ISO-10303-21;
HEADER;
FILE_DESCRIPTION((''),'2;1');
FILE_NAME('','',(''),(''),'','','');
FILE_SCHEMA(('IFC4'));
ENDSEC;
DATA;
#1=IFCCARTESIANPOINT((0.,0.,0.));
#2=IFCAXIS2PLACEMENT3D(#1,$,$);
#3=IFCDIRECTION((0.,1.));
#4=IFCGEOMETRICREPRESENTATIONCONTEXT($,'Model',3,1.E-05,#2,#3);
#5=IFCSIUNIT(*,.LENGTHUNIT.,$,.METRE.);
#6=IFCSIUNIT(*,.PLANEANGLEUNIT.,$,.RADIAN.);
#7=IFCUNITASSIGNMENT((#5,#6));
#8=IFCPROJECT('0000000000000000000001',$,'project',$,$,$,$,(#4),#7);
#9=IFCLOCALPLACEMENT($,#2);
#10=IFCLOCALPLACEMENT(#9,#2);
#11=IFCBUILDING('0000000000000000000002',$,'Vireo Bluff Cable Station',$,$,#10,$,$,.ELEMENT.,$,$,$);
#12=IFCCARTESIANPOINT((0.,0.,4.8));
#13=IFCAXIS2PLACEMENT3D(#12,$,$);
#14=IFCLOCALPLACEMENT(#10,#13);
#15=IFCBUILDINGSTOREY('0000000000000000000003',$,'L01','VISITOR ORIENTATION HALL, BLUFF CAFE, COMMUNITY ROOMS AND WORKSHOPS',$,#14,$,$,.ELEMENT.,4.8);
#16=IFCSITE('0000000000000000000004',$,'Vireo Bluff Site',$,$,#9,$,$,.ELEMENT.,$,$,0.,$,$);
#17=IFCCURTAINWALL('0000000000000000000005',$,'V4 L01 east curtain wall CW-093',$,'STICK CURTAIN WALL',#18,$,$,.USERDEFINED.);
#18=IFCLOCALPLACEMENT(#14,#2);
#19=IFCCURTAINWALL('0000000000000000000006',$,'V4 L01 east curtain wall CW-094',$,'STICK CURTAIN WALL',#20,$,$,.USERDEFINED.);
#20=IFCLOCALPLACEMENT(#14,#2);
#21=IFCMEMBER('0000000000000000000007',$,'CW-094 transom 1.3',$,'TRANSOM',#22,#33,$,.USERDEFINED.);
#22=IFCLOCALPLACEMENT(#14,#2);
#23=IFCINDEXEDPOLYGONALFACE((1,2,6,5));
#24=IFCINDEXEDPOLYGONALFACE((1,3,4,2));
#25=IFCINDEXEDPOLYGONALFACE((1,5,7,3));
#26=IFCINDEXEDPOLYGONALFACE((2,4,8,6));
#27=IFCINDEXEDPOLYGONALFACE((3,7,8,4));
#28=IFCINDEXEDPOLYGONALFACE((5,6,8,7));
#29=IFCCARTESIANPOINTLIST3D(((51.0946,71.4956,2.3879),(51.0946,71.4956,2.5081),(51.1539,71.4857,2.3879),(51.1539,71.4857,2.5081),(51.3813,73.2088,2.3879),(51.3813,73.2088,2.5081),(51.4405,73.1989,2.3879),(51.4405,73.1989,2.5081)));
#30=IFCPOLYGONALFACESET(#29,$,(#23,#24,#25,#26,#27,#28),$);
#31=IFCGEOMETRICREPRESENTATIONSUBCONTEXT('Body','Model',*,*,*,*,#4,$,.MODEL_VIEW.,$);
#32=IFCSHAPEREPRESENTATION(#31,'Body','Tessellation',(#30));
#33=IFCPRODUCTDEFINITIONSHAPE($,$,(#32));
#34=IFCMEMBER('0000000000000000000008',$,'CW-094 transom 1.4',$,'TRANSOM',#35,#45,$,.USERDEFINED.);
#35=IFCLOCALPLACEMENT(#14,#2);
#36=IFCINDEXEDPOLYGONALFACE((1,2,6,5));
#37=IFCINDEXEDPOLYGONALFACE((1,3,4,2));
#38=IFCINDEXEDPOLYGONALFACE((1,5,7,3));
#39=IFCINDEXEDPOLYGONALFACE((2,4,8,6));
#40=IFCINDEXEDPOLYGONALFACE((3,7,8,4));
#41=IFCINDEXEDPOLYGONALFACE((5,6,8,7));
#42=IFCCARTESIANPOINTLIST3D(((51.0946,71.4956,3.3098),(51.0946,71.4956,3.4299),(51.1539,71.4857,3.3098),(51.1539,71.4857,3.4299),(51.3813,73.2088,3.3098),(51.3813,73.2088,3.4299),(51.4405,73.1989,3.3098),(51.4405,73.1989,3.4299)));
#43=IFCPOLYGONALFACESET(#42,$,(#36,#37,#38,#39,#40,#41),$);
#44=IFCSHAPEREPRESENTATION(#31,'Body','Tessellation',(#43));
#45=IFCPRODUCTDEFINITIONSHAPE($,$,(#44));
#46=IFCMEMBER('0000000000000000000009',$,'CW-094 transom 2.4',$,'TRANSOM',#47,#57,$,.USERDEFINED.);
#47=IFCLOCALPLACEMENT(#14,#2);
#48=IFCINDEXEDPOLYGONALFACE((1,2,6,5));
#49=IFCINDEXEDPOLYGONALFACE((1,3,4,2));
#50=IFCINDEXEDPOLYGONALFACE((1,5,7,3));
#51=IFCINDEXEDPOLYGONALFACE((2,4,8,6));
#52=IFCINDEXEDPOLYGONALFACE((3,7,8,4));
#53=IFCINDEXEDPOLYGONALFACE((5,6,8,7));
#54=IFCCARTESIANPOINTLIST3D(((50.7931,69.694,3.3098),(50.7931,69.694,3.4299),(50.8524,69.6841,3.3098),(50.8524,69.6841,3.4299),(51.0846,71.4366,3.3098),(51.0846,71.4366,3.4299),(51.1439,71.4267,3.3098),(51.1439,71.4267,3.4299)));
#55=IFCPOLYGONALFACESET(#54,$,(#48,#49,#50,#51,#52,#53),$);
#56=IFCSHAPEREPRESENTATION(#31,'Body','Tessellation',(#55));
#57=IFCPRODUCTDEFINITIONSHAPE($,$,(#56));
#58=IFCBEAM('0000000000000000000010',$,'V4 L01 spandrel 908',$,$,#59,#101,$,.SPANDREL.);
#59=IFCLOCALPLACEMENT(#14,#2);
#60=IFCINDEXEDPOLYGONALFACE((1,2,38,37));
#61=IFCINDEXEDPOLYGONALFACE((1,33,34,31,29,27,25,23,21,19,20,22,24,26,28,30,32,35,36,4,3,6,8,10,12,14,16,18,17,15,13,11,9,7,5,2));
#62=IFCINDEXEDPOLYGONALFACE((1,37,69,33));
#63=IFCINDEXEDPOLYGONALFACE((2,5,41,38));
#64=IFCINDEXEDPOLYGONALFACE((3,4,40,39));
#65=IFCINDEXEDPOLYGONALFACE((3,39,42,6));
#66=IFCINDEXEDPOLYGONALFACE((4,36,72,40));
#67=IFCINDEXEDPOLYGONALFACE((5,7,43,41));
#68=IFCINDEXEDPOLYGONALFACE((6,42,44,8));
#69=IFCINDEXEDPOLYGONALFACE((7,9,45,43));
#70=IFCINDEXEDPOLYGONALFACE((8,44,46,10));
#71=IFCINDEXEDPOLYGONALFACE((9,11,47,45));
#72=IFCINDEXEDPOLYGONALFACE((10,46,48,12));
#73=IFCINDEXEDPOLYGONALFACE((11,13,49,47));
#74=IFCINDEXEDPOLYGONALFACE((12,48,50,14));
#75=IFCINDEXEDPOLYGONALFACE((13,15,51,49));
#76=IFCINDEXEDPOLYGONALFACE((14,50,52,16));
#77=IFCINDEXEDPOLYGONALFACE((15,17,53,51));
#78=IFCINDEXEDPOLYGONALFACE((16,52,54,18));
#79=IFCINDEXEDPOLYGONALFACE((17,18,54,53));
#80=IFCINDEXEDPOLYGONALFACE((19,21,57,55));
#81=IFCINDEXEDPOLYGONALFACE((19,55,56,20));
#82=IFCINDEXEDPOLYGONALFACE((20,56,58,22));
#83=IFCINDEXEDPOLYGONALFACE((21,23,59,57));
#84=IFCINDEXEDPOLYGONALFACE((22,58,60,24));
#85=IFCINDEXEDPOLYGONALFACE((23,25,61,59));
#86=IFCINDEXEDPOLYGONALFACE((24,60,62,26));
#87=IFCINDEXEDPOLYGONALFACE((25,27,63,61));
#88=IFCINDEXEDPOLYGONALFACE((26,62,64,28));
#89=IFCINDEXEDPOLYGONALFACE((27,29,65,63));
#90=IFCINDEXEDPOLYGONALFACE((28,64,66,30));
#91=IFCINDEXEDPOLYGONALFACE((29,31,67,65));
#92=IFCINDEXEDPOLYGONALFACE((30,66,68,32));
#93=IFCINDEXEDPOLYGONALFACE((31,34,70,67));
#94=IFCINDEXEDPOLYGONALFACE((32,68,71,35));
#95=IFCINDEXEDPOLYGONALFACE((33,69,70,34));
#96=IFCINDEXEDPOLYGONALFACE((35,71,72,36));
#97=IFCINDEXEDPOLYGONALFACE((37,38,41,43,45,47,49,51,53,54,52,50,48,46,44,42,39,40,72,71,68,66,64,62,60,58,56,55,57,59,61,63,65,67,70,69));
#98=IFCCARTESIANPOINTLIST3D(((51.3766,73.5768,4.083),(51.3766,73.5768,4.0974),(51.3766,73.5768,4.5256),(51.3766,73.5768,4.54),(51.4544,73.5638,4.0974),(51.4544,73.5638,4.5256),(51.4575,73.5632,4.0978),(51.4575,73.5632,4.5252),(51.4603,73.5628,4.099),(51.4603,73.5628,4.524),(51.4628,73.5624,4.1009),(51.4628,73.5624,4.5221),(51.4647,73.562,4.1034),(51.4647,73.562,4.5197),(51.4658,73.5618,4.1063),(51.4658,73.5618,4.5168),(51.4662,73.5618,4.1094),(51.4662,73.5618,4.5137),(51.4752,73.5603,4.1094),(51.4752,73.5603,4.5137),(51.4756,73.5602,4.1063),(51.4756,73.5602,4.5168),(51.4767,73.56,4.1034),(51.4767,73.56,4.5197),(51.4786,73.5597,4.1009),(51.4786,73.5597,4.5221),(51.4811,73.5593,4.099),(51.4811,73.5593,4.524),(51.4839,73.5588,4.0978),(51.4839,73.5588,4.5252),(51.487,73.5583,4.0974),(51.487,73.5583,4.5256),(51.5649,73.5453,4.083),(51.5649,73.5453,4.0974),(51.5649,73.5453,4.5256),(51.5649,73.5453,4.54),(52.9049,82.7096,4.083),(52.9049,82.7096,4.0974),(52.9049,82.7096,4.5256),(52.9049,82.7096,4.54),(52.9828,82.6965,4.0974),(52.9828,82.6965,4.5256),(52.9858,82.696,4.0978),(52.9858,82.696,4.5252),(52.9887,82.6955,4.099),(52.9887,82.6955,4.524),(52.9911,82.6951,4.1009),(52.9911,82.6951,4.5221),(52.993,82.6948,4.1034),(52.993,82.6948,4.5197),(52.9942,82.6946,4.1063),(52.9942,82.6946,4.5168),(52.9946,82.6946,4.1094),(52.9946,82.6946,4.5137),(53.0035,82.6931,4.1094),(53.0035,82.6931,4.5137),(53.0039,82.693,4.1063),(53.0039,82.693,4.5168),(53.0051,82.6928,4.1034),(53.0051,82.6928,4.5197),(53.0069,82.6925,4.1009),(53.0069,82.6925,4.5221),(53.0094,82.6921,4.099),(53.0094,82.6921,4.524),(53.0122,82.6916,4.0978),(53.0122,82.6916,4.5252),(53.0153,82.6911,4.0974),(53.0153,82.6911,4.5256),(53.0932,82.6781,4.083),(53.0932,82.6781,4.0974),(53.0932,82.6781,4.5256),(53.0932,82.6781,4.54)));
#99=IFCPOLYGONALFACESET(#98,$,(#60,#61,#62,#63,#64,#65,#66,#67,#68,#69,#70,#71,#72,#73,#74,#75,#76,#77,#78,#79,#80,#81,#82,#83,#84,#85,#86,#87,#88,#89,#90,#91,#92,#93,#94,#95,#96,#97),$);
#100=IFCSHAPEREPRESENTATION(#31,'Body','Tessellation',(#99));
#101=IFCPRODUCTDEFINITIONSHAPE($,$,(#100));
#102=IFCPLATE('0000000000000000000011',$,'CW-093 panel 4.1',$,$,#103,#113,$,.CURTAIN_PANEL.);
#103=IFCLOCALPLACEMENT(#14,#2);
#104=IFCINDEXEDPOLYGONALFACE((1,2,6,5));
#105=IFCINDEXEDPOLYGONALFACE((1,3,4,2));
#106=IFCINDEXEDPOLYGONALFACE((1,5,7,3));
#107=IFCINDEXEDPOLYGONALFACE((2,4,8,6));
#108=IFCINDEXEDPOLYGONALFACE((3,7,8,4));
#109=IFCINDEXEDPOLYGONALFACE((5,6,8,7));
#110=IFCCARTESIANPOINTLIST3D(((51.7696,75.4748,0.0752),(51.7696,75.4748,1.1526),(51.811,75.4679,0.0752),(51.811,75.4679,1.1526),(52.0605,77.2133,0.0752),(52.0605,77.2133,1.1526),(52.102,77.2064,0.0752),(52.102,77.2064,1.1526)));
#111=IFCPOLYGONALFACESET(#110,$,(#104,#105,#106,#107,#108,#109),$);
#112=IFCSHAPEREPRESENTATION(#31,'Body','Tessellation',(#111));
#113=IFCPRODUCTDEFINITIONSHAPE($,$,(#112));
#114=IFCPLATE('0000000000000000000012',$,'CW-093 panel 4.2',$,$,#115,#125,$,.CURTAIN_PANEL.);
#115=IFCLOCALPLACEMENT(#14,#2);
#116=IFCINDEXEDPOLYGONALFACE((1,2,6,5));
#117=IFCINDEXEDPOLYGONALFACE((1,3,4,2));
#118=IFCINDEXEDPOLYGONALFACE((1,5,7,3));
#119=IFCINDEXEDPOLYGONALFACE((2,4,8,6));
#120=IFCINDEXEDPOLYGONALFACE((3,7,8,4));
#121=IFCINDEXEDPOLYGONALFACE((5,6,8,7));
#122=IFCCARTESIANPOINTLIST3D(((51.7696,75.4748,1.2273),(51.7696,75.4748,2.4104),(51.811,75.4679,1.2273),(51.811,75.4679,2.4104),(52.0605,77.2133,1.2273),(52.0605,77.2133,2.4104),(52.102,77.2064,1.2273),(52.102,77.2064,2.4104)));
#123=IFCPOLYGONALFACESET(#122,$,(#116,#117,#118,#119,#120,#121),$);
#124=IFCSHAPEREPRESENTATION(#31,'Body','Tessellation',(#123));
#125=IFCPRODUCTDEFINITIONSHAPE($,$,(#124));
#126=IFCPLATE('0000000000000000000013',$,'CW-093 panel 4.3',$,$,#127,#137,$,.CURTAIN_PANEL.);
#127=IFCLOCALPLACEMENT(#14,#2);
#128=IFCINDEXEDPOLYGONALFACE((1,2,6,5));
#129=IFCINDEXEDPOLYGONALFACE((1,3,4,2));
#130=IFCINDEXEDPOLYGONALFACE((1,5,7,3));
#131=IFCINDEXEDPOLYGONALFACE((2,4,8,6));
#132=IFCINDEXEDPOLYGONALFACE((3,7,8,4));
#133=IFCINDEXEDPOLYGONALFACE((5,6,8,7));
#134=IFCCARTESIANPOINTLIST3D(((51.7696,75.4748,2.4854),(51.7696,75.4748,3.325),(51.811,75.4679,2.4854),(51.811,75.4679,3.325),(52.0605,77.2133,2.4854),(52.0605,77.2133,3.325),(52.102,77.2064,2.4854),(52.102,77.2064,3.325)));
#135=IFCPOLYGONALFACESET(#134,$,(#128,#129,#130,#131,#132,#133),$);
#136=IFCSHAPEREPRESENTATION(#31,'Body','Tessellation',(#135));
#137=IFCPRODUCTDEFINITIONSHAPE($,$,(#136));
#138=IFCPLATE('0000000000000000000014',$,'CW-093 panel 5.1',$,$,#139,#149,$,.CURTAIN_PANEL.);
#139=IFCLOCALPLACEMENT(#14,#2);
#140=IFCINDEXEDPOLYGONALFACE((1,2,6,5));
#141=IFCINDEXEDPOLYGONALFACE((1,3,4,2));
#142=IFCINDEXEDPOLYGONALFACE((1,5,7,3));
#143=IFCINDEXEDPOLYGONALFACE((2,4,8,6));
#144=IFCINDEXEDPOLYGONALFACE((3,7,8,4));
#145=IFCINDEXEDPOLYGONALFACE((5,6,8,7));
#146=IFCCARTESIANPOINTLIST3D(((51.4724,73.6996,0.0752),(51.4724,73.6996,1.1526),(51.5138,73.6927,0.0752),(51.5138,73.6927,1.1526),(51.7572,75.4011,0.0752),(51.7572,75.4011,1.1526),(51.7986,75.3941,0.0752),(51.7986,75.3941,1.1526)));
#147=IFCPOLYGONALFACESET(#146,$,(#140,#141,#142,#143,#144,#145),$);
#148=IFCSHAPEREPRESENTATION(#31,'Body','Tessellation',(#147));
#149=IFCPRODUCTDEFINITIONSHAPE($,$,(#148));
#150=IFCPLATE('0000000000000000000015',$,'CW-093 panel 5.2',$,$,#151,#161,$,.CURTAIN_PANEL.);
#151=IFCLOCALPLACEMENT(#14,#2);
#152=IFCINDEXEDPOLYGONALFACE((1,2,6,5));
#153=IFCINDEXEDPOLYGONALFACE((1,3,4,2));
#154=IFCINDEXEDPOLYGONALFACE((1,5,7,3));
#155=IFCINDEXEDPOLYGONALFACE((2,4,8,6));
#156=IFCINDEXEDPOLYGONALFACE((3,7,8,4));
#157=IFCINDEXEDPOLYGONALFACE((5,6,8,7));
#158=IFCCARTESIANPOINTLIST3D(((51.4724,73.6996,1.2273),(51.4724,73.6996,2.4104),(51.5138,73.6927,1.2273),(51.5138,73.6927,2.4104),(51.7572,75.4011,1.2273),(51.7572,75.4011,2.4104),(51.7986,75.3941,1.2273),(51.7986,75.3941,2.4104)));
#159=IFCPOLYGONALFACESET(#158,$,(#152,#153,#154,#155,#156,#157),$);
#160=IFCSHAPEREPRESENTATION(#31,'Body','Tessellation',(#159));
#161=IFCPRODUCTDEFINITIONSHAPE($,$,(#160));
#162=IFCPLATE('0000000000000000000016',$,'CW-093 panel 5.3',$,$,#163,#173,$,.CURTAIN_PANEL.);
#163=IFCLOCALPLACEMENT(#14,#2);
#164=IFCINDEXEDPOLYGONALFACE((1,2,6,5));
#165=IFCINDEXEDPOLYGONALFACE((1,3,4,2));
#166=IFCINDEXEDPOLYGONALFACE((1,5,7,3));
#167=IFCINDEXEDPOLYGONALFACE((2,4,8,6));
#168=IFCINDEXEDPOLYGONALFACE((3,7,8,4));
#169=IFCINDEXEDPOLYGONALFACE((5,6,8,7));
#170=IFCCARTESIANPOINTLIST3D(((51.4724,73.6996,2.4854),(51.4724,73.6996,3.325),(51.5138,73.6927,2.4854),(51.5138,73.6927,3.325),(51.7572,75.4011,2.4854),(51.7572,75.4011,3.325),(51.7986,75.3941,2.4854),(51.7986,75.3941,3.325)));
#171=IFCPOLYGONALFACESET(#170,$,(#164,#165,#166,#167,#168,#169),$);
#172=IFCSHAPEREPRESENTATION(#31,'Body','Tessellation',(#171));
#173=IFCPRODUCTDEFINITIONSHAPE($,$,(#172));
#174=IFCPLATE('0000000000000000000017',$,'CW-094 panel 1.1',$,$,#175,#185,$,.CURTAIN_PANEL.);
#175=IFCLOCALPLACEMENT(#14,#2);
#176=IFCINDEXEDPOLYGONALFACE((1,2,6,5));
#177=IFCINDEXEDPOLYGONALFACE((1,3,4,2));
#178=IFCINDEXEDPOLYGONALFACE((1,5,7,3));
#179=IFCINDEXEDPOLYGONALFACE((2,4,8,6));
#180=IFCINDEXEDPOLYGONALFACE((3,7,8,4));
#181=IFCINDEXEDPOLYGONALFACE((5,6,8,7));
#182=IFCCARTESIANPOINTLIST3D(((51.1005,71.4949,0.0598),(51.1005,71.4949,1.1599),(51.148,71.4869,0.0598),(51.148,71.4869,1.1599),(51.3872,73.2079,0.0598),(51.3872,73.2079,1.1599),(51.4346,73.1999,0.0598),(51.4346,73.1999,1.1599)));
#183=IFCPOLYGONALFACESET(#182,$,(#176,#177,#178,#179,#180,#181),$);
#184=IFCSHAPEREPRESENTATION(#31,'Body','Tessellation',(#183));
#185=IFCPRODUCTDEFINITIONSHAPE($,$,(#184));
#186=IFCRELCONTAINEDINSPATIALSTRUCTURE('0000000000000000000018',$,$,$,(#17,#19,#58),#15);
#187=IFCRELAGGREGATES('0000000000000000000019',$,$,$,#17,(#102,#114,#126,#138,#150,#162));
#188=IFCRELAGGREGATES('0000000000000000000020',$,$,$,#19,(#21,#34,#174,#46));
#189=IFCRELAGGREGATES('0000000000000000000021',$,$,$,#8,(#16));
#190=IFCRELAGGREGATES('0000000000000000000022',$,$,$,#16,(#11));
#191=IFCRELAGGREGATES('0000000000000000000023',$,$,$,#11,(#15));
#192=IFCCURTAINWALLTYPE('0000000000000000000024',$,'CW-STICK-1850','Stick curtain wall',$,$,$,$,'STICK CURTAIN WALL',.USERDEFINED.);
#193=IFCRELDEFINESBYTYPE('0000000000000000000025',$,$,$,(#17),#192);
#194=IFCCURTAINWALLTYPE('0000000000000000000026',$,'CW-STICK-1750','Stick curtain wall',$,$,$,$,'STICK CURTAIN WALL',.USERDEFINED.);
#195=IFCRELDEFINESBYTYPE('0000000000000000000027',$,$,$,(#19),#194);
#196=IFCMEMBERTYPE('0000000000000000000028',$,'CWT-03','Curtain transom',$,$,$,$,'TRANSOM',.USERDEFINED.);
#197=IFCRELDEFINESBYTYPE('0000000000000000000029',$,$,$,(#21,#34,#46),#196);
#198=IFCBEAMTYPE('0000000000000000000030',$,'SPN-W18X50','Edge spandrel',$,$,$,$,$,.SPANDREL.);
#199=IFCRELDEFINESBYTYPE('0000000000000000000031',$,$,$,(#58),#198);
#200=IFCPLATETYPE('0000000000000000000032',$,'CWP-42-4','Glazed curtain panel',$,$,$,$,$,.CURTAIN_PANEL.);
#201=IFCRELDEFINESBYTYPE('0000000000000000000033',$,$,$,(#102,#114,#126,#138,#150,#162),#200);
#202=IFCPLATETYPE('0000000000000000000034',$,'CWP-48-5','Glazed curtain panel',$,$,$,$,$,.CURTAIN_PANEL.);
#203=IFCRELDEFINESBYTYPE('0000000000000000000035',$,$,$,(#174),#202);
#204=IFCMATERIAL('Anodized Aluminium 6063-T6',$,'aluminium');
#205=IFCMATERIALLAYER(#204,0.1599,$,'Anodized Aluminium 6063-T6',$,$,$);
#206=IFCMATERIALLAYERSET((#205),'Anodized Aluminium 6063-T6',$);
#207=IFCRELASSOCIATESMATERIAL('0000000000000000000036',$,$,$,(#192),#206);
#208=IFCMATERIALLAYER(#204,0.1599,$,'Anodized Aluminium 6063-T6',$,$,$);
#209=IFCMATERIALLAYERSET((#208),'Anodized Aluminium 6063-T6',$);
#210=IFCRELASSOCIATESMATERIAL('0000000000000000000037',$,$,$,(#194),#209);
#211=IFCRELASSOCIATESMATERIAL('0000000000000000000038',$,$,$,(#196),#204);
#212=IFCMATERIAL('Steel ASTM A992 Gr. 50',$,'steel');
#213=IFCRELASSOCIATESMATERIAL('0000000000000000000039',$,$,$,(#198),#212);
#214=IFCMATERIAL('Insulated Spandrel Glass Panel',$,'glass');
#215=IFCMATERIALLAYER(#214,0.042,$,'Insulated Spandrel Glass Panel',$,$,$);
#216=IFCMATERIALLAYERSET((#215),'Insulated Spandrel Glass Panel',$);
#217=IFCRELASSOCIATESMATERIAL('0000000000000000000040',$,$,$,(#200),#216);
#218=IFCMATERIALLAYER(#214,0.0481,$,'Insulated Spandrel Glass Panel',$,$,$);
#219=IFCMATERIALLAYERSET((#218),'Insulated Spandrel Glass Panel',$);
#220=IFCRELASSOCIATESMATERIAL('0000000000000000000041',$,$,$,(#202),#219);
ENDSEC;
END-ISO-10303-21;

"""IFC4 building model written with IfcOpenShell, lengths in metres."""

from ifc_helpers import new_model, si_unit, direction, frame, origin, origin_2d, place, context, subcontext, project, spatial, rectangle, i_section, extrude, material, layer, layer_set, material_profile, profile_set, type_object, element, aggregate, save


model = new_model("IFC4")

# Units and contexts
model_context = context("Model", 3, precision=1e-05, world=origin(), true_north=direction((0.0, 1.0)))
body_context = subcontext(model_context, "Body", "Model", "MODEL_VIEW")
ifc_project = project(units=[si_unit("LENGTHUNIT", "METRE"), si_unit("PLANEANGLEUNIT", "RADIAN")], contexts=[model_context])

# Site, building, storey
site_placement = place(None, origin())
site = spatial("IfcSite", under=ifc_project, at=site_placement, Name="Vireo Bluff Site", CompositionType="ELEMENT", RefElevation=0.0)
building_placement = place(site_placement, origin())
building = spatial("IfcBuilding", under=site, at=building_placement, Name="Vireo Bluff Cable Station", CompositionType="ELEMENT")
storey_placement = place(building_placement, frame((0.0, 0.0, 4.8)))
storey = spatial("IfcBuildingStorey", under=building, at=storey_placement, Name="L01", Description="VISITOR ORIENTATION HALL, BLUFF CAFE, COMMUNITY ROOMS AND WORKSHOPS", CompositionType="ELEMENT", Elevation=4.8)

# Shared definitions
ifc_material_1 = material(Name="Steel ASTM A992 Gr. 50", Category="steel")

# Curtain walls
ifc_material_2 = material(Name="Anodized Aluminium 6063-T6", Category="aluminium")
ifc_layer_1 = layer(ifc_material_2, 0.1599, Name="Anodized Aluminium 6063-T6")
ifc_layer_set_1 = layer_set([ifc_layer_1], Name="Anodized Aluminium 6063-T6")
curtain_wall_type_1 = type_object("IfcCurtainWallType", Name="CW-STICK-1850", Description="Stick curtain wall", ElementType="STICK CURTAIN WALL", PredefinedType="USERDEFINED", material=ifc_layer_set_1)
curtain_wall_1_placement = place(storey_placement, origin())
curtain_wall_1 = element("IfcCurtainWall", 1, at=curtain_wall_1_placement, inside=storey, type_object=curtain_wall_type_1, Name="V4 L01 east curtain wall CW-093", ObjectType="STICK CURTAIN WALL", PredefinedType="USERDEFINED")
ifc_layer_2 = layer(ifc_material_2, 0.1599, Name="Anodized Aluminium 6063-T6")
ifc_layer_set_2 = layer_set([ifc_layer_2], Name="Anodized Aluminium 6063-T6")
curtain_wall_type_2 = type_object("IfcCurtainWallType", Name="CW-STICK-1750", Description="Stick curtain wall", ElementType="STICK CURTAIN WALL", PredefinedType="USERDEFINED", material=ifc_layer_set_2)
curtain_wall_2_placement = place(storey_placement, origin())
curtain_wall_2 = element("IfcCurtainWall", 2, at=curtain_wall_2_placement, inside=storey, type_object=curtain_wall_type_2, Name="V4 L01 east curtain wall CW-094", ObjectType="STICK CURTAIN WALL", PredefinedType="USERDEFINED")

# Members
ifc_material_profile_1 = material_profile(ifc_material_2, rectangle(XDim=0.0601, YDim=0.1201, at=origin_2d()), Name="ALU-T-60X120")
ifc_profile_set_1 = profile_set([ifc_material_profile_1], Name="Anodized Aluminium 6063-T6")
member_type_1 = type_object("IfcMemberType", Name="CWT-03", Description="Curtain transom", ElementType="TRANSOM", PredefinedType="USERDEFINED", material=ifc_profile_set_1)
member_1_placement = place(storey_placement, frame((51.4109, 73.2039, 2.448), z_axis=(-0.165014, -0.986291, 0.0), x_axis=(0.986291, -0.165014, 0.0)))
member_1 = element("IfcMember", 3, at=member_1_placement, type_object=member_type_1, Name="CW-094 transom 1.3", ObjectType="TRANSOM", PredefinedType="USERDEFINED", context=body_context, shape_type="SweptSolid", body=[
    extrude(rectangle(XDim=0.0601, YDim=0.1201, at=origin_2d()), origin(), (0.0, 0.0, 1.0), 1.7371),
])
member_2_placement = place(storey_placement, frame((51.4109, 73.2039, 3.3699), z_axis=(-0.165014, -0.986291, 0.0), x_axis=(0.986291, -0.165014, 0.0)))
member_2 = element("IfcMember", 4, at=member_2_placement, type_object=member_type_1, Name="CW-094 transom 1.4", ObjectType="TRANSOM", PredefinedType="USERDEFINED", context=body_context, shape_type="SweptSolid", body=[
    extrude(rectangle(XDim=0.0601, YDim=0.1201, at=origin_2d()), origin(), (0.0, 0.0, 1.0), 1.7371),
])
member_3_placement = place(storey_placement, frame((51.1143, 71.4316, 3.3699), z_axis=(-0.164982, -0.986297, 0.0), x_axis=(0.986297, -0.164982, 0.0)))
member_3 = element("IfcMember", 5, at=member_3_placement, type_object=member_type_1, Name="CW-094 transom 2.4", ObjectType="TRANSOM", PredefinedType="USERDEFINED", context=body_context, shape_type="SweptSolid", body=[
    extrude(rectangle(XDim=0.0601, YDim=0.1201, at=origin_2d()), origin(), (0.0, 0.0, 1.0), 1.7668),
])

# Beam
ifc_material_profile_2 = material_profile(ifc_material_1, i_section(OverallWidth=0.1909, OverallDepth=0.457, WebThickness=0.009, FlangeThickness=0.0144, FilletRadius=0.012, at=origin_2d()), Name="W18X50")
ifc_profile_set_2 = profile_set([ifc_material_profile_2], Name="Steel ASTM A992 Gr. 50")
beam_type = type_object("IfcBeamType", Name="SPN-W18X50", Description="Edge spandrel", PredefinedType="SPANDREL", material=ifc_profile_set_2)
beam_placement = place(storey_placement, frame((51.4707, 73.561, 4.3115), z_axis=(0.165049, 0.986285, 0.0), x_axis=(-0.986285, 0.165049, 0.0)))
element("IfcBeam", 6, at=beam_placement, inside=storey, type_object=beam_type, Name="V4 L01 spandrel 908", PredefinedType="SPANDREL", context=body_context, shape_type="SweptSolid", body=[
    extrude(i_section(OverallWidth=0.1909, OverallDepth=0.457, WebThickness=0.009, FlangeThickness=0.0144, FilletRadius=0.012, at=origin_2d()), origin(), (0.0, 0.0, 1.0), 9.2598),
])

# Plates
ifc_material_3 = material(Name="Insulated Spandrel Glass Panel", Category="glass")
ifc_layer_3 = layer(ifc_material_3, 0.042, Name="Insulated Spandrel Glass Panel")
ifc_layer_set_3 = layer_set([ifc_layer_3], Name="Insulated Spandrel Glass Panel")
plate_type_1 = type_object("IfcPlateType", Name="CWP-42-4", Description="Glazed curtain panel", PredefinedType="CURTAIN_PANEL", material=ifc_layer_set_3)
plate_1_placement = place(storey_placement, frame((51.9358, 76.3406, 0.0752), z_axis=(0.0, 0.0, 1.0), x_axis=(-0.165048, -0.986286, 0.0)))
plate_1 = element("IfcPlate", 7, at=plate_1_placement, type_object=plate_type_1, Name="CW-093 panel 4.1", PredefinedType="CURTAIN_PANEL", context=body_context, shape_type="SweptSolid", body=[
    extrude(rectangle(XDim=1.7627, YDim=0.042, at=origin_2d()), origin(), (0.0, 0.0, 1.0), 1.0774),
])
plate_2_placement = place(storey_placement, frame((51.9358, 76.3406, 1.2273), z_axis=(0.0, 0.0, 1.0), x_axis=(-0.165048, -0.986286, 0.0)))
plate_2 = element("IfcPlate", 8, at=plate_2_placement, type_object=plate_type_1, Name="CW-093 panel 4.2", PredefinedType="CURTAIN_PANEL", context=body_context, shape_type="SweptSolid", body=[
    extrude(rectangle(XDim=1.7627, YDim=0.042, at=origin_2d()), origin(), (0.0, 0.0, 1.0), 1.1831),
])
plate_3_placement = place(storey_placement, frame((51.9358, 76.3406, 2.4854), z_axis=(0.0, 0.0, 1.0), x_axis=(-0.165048, -0.986286, 0.0)))
plate_3 = element("IfcPlate", 9, at=plate_3_placement, type_object=plate_type_1, Name="CW-093 panel 4.3", PredefinedType="CURTAIN_PANEL", context=body_context, shape_type="SweptSolid", body=[
    extrude(rectangle(XDim=1.7627, YDim=0.042, at=origin_2d()), origin(), (0.0, 0.0, 1.0), 0.8396),
])
plate_4_placement = place(storey_placement, frame((51.6355, 74.5469, 0.0752), z_axis=(0.0, 0.0, 1.0), x_axis=(-0.165048, -0.986286, 0.0)))
plate_4 = element("IfcPlate", 10, at=plate_4_placement, type_object=plate_type_1, Name="CW-093 panel 5.1", PredefinedType="CURTAIN_PANEL", context=body_context, shape_type="SweptSolid", body=[
    extrude(rectangle(XDim=1.7251, YDim=0.042, at=origin_2d()), origin(), (0.0, 0.0, 1.0), 1.0774),
])
plate_5_placement = place(storey_placement, frame((51.6355, 74.5469, 1.2273), z_axis=(0.0, 0.0, 1.0), x_axis=(-0.165048, -0.986286, 0.0)))
plate_5 = element("IfcPlate", 11, at=plate_5_placement, type_object=plate_type_1, Name="CW-093 panel 5.2", PredefinedType="CURTAIN_PANEL", context=body_context, shape_type="SweptSolid", body=[
    extrude(rectangle(XDim=1.7251, YDim=0.042, at=origin_2d()), origin(), (0.0, 0.0, 1.0), 1.1831),
])
plate_6_placement = place(storey_placement, frame((51.6355, 74.5469, 2.4854), z_axis=(0.0, 0.0, 1.0), x_axis=(-0.165048, -0.986286, 0.0)))
plate_6 = element("IfcPlate", 12, at=plate_6_placement, type_object=plate_type_1, Name="CW-093 panel 5.3", PredefinedType="CURTAIN_PANEL", context=body_context, shape_type="SweptSolid", body=[
    extrude(rectangle(XDim=1.7251, YDim=0.042, at=origin_2d()), origin(), (0.0, 0.0, 1.0), 0.8396),
])
aggregate(curtain_wall_1, [plate_1, plate_2, plate_3, plate_4, plate_5, plate_6])
ifc_layer_4 = layer(ifc_material_3, 0.0481, Name="Insulated Spandrel Glass Panel")
ifc_layer_set_4 = layer_set([ifc_layer_4], Name="Insulated Spandrel Glass Panel")
plate_type_2 = type_object("IfcPlateType", Name="CWP-48-5", Description="Glazed curtain panel", PredefinedType="CURTAIN_PANEL", material=ifc_layer_set_4)
plate_7_placement = place(storey_placement, frame((51.2676, 72.3474, 0.0598), z_axis=(0.0, 0.0, 1.0), x_axis=(-0.165048, -0.986286, 0.0)))
plate_7 = element("IfcPlate", 13, at=plate_7_placement, type_object=plate_type_2, Name="CW-094 panel 1.1", PredefinedType="CURTAIN_PANEL", context=body_context, shape_type="SweptSolid", body=[
    extrude(rectangle(XDim=1.7368, YDim=0.0481, at=origin_2d()), origin(), (0.0, 0.0, 1.0), 1.1001),
])
aggregate(curtain_wall_2, [member_1, member_2, plate_7, member_3])

save(model, "model.ifc")
